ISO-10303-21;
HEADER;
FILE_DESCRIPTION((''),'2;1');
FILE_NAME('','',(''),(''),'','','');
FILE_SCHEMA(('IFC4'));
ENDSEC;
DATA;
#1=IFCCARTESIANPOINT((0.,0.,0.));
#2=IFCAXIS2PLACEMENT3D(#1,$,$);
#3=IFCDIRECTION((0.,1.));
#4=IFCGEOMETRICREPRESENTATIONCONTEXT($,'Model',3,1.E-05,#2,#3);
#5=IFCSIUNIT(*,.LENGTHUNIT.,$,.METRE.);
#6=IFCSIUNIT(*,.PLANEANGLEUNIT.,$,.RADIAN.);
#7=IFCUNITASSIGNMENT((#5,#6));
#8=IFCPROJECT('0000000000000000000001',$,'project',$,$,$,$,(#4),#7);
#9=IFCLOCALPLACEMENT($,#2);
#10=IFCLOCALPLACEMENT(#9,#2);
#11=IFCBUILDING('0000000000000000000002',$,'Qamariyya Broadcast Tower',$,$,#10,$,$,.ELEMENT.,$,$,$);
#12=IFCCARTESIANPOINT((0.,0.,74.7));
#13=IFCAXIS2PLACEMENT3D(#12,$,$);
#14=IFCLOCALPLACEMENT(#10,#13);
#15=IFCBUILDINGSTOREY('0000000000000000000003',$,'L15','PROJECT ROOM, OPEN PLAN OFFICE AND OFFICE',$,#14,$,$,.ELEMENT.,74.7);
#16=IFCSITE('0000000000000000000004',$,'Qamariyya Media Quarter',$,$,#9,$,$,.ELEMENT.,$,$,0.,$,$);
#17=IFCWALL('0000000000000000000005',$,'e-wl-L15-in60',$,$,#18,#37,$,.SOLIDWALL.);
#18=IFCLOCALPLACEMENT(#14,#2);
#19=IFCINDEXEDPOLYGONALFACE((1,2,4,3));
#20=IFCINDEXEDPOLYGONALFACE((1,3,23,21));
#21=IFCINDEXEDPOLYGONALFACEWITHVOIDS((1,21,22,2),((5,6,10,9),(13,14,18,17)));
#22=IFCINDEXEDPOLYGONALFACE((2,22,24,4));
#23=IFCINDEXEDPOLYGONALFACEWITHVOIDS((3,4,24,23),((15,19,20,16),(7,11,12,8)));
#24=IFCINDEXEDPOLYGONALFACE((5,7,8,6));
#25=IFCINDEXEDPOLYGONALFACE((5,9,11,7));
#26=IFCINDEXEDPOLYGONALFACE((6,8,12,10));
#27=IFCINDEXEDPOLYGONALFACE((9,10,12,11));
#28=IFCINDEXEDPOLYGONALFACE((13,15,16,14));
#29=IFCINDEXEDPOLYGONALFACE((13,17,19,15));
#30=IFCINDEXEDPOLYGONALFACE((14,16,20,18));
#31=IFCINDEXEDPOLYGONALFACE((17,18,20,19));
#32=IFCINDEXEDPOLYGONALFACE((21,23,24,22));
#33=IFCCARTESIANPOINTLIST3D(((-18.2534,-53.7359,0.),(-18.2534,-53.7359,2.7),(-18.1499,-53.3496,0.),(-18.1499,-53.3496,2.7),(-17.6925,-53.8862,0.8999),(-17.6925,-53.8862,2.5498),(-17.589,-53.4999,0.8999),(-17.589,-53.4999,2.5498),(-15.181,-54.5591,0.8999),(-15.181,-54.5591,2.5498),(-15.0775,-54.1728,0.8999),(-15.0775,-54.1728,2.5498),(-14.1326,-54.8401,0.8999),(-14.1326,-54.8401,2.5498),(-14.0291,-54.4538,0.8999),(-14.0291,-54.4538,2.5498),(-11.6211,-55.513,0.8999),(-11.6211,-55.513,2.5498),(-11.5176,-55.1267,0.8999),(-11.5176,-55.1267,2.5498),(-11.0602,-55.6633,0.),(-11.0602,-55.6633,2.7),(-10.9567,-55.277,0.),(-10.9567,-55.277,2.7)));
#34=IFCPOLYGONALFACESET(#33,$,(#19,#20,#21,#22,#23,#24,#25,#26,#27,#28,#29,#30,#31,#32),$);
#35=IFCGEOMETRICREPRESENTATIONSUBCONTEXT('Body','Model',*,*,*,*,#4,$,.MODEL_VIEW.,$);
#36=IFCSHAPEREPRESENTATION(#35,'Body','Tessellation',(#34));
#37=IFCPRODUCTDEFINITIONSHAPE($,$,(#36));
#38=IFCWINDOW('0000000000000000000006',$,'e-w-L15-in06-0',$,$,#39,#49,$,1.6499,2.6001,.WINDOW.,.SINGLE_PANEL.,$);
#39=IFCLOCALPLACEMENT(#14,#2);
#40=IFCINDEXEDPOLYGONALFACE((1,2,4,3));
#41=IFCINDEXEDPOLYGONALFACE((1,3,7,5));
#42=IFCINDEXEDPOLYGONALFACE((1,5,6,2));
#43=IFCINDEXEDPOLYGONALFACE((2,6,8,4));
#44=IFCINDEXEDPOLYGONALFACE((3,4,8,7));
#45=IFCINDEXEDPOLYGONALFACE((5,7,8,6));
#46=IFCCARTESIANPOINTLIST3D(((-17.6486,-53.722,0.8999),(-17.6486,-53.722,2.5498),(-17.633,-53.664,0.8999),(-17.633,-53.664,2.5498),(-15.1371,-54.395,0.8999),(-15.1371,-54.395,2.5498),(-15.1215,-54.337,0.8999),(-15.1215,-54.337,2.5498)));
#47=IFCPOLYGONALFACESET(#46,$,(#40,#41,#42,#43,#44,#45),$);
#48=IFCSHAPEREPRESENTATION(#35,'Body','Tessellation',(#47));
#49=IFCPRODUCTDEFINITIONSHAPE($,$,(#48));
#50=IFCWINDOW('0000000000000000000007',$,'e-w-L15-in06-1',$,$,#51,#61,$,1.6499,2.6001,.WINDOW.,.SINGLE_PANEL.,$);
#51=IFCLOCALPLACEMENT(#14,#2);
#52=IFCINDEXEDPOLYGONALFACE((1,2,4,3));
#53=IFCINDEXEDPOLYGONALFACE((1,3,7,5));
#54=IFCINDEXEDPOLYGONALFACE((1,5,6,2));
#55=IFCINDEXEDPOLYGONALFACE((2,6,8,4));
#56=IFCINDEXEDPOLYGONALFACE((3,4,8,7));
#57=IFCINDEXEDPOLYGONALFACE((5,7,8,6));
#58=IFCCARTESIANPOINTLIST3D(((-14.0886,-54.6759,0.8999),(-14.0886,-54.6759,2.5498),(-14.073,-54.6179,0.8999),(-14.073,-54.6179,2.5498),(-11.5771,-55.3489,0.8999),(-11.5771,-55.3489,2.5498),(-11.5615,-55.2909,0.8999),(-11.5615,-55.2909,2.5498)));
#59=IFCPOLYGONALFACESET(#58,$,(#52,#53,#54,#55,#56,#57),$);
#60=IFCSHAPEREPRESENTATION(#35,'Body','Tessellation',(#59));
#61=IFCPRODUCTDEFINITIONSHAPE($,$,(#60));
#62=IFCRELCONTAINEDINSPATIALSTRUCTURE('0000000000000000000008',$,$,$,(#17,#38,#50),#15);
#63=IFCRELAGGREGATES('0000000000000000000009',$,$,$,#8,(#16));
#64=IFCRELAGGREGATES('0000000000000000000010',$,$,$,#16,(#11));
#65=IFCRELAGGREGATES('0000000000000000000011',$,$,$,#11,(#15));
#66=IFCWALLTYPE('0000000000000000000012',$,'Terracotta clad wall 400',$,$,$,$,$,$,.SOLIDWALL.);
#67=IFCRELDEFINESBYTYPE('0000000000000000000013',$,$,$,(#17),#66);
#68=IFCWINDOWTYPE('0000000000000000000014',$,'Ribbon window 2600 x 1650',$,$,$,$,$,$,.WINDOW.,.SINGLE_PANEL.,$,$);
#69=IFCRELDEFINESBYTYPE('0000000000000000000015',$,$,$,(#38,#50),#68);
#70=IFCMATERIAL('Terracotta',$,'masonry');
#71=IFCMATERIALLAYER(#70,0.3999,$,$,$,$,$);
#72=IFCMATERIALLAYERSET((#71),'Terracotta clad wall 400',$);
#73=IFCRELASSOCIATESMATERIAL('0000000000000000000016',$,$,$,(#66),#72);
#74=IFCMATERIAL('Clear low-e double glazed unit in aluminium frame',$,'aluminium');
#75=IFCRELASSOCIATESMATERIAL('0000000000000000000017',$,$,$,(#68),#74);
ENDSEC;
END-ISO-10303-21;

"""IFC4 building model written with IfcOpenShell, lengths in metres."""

from ifc_helpers import new_model, si_unit, direction, frame, frame_2d, origin, place, context, subcontext, project, spatial, rectangle, extrude, material, layer, layer_set, type_object, element, fill, save


model = new_model("IFC4")

# Units and contexts
model_context = context("Model", 3, precision=1e-05, world=origin(), true_north=direction((0.0, 1.0)))
body_context = subcontext(model_context, "Body", "Model", "MODEL_VIEW")
ifc_project = project(units=[si_unit("LENGTHUNIT", "METRE"), si_unit("PLANEANGLEUNIT", "RADIAN")], contexts=[model_context])

# Site, building, storey
site_placement = place(None, origin())
site = spatial("IfcSite", under=ifc_project, at=site_placement, Name="Qamariyya Media Quarter", CompositionType="ELEMENT", RefElevation=0.0)
building_placement = place(site_placement, origin())
building = spatial("IfcBuilding", under=site, at=building_placement, Name="Qamariyya Broadcast Tower", CompositionType="ELEMENT")
storey_placement = place(building_placement, frame((0.0, 0.0, 74.7)))
storey = spatial("IfcBuildingStorey", under=building, at=storey_placement, Name="L15", Description="PROJECT ROOM, OPEN PLAN OFFICE AND OFFICE", CompositionType="ELEMENT", Elevation=74.7)

# Wall, openings, windows
ifc_material_1 = material(Name="Terracotta", Category="masonry")
ifc_layer_1 = layer(ifc_material_1, 0.3999)
ifc_layer_set_1 = layer_set([ifc_layer_1], Name="Terracotta clad wall 400")
wall_type_1 = type_object("IfcWallType", Name="Terracotta clad wall 400", PredefinedType="SOLIDWALL", material=ifc_layer_set_1)
ifc_material_2 = material(Name="Clear low-e double glazed unit in aluminium frame", Category="aluminium")
window_type = type_object("IfcWindowType", Name="Ribbon window 2600 x 1650", PartitioningType="SINGLE_PANEL", PredefinedType="WINDOW", material=ifc_material_2)
wall_1_placement = place(storey_placement, frame((-11.0083, -55.4702, 0.0), z_axis=(0.0, 0.0, 1.0), x_axis=(-0.965925, 0.258823, 0.0)))
wall_1 = element("IfcWall", 1, at=wall_1_placement, inside=storey, type_object=wall_type_1, Name="e-wl-L15-in60", PredefinedType="SOLIDWALL", context=body_context, shape_type="SweptSolid", body=[
    extrude(rectangle(XDim=7.447, YDim=0.3999, at=frame_2d((3.7236, 0.0))), origin(), (0.0, 0.0, 1.0), 2.7),
])
opening_1_placement = place(wall_1_placement, frame((4.2664, 0.0, 0.8999)))
opening_1 = element("IfcOpeningElement", 2, at=opening_1_placement, cuts=wall_1, PredefinedType="OPENING", context=body_context, shape_type="SweptSolid", body=[
    extrude(rectangle(XDim=2.6001, YDim=1.6499, at=frame_2d((1.3, 0.825))), frame((0.0, 0.21, 0.0), z_axis=(0.0, -1.0, 0.0), x_axis=(1.0, 0.0, 0.0)), (0.0, 0.0, 1.0), 0.4199),
])
opening_2_placement = place(wall_1_placement, frame((0.5808, 0.0, 0.8999)))
opening_2 = element("IfcOpeningElement", 3, at=opening_2_placement, cuts=wall_1, PredefinedType="OPENING", context=body_context, shape_type="SweptSolid", body=[
    extrude(rectangle(XDim=2.6001, YDim=1.6499, at=frame_2d((1.3, 0.825))), frame((0.0, 0.21, 0.0), z_axis=(0.0, -1.0, 0.0), x_axis=(1.0, 0.0, 0.0)), (0.0, 0.0, 1.0), 0.4199),
])
window_1_placement = place(opening_1_placement, origin())
window_1 = element("IfcWindow", 4, at=window_1_placement, inside=storey, type_object=window_type, Name="e-w-L15-in06-0", OverallHeight=1.6499, OverallWidth=2.6001, PartitioningType="SINGLE_PANEL", PredefinedType="WINDOW", context=body_context, shape_type="SweptSolid", body=[
    extrude(rectangle(XDim=2.6001, YDim=1.6499, at=frame_2d((1.3, 0.825))), frame((0.0, 0.03, 0.0), z_axis=(0.0, -1.0, 0.0), x_axis=(1.0, 0.0, 0.0)), (0.0, 0.0, 1.0), 0.0601),
])
fill(opening_1, window_1)
window_2_placement = place(opening_2_placement, origin())
window_2 = element("IfcWindow", 5, at=window_2_placement, inside=storey, type_object=window_type, Name="e-w-L15-in06-1", OverallHeight=1.6499, OverallWidth=2.6001, PartitioningType="SINGLE_PANEL", PredefinedType="WINDOW", context=body_context, shape_type="SweptSolid", body=[
    extrude(rectangle(XDim=2.6001, YDim=1.6499, at=frame_2d((1.3, 0.825))), frame((0.0, 0.03, 0.0), z_axis=(0.0, -1.0, 0.0), x_axis=(1.0, 0.0, 0.0)), (0.0, 0.0, 1.0), 0.0601),
])
fill(opening_2, window_2)

save(model, "model.ifc")
